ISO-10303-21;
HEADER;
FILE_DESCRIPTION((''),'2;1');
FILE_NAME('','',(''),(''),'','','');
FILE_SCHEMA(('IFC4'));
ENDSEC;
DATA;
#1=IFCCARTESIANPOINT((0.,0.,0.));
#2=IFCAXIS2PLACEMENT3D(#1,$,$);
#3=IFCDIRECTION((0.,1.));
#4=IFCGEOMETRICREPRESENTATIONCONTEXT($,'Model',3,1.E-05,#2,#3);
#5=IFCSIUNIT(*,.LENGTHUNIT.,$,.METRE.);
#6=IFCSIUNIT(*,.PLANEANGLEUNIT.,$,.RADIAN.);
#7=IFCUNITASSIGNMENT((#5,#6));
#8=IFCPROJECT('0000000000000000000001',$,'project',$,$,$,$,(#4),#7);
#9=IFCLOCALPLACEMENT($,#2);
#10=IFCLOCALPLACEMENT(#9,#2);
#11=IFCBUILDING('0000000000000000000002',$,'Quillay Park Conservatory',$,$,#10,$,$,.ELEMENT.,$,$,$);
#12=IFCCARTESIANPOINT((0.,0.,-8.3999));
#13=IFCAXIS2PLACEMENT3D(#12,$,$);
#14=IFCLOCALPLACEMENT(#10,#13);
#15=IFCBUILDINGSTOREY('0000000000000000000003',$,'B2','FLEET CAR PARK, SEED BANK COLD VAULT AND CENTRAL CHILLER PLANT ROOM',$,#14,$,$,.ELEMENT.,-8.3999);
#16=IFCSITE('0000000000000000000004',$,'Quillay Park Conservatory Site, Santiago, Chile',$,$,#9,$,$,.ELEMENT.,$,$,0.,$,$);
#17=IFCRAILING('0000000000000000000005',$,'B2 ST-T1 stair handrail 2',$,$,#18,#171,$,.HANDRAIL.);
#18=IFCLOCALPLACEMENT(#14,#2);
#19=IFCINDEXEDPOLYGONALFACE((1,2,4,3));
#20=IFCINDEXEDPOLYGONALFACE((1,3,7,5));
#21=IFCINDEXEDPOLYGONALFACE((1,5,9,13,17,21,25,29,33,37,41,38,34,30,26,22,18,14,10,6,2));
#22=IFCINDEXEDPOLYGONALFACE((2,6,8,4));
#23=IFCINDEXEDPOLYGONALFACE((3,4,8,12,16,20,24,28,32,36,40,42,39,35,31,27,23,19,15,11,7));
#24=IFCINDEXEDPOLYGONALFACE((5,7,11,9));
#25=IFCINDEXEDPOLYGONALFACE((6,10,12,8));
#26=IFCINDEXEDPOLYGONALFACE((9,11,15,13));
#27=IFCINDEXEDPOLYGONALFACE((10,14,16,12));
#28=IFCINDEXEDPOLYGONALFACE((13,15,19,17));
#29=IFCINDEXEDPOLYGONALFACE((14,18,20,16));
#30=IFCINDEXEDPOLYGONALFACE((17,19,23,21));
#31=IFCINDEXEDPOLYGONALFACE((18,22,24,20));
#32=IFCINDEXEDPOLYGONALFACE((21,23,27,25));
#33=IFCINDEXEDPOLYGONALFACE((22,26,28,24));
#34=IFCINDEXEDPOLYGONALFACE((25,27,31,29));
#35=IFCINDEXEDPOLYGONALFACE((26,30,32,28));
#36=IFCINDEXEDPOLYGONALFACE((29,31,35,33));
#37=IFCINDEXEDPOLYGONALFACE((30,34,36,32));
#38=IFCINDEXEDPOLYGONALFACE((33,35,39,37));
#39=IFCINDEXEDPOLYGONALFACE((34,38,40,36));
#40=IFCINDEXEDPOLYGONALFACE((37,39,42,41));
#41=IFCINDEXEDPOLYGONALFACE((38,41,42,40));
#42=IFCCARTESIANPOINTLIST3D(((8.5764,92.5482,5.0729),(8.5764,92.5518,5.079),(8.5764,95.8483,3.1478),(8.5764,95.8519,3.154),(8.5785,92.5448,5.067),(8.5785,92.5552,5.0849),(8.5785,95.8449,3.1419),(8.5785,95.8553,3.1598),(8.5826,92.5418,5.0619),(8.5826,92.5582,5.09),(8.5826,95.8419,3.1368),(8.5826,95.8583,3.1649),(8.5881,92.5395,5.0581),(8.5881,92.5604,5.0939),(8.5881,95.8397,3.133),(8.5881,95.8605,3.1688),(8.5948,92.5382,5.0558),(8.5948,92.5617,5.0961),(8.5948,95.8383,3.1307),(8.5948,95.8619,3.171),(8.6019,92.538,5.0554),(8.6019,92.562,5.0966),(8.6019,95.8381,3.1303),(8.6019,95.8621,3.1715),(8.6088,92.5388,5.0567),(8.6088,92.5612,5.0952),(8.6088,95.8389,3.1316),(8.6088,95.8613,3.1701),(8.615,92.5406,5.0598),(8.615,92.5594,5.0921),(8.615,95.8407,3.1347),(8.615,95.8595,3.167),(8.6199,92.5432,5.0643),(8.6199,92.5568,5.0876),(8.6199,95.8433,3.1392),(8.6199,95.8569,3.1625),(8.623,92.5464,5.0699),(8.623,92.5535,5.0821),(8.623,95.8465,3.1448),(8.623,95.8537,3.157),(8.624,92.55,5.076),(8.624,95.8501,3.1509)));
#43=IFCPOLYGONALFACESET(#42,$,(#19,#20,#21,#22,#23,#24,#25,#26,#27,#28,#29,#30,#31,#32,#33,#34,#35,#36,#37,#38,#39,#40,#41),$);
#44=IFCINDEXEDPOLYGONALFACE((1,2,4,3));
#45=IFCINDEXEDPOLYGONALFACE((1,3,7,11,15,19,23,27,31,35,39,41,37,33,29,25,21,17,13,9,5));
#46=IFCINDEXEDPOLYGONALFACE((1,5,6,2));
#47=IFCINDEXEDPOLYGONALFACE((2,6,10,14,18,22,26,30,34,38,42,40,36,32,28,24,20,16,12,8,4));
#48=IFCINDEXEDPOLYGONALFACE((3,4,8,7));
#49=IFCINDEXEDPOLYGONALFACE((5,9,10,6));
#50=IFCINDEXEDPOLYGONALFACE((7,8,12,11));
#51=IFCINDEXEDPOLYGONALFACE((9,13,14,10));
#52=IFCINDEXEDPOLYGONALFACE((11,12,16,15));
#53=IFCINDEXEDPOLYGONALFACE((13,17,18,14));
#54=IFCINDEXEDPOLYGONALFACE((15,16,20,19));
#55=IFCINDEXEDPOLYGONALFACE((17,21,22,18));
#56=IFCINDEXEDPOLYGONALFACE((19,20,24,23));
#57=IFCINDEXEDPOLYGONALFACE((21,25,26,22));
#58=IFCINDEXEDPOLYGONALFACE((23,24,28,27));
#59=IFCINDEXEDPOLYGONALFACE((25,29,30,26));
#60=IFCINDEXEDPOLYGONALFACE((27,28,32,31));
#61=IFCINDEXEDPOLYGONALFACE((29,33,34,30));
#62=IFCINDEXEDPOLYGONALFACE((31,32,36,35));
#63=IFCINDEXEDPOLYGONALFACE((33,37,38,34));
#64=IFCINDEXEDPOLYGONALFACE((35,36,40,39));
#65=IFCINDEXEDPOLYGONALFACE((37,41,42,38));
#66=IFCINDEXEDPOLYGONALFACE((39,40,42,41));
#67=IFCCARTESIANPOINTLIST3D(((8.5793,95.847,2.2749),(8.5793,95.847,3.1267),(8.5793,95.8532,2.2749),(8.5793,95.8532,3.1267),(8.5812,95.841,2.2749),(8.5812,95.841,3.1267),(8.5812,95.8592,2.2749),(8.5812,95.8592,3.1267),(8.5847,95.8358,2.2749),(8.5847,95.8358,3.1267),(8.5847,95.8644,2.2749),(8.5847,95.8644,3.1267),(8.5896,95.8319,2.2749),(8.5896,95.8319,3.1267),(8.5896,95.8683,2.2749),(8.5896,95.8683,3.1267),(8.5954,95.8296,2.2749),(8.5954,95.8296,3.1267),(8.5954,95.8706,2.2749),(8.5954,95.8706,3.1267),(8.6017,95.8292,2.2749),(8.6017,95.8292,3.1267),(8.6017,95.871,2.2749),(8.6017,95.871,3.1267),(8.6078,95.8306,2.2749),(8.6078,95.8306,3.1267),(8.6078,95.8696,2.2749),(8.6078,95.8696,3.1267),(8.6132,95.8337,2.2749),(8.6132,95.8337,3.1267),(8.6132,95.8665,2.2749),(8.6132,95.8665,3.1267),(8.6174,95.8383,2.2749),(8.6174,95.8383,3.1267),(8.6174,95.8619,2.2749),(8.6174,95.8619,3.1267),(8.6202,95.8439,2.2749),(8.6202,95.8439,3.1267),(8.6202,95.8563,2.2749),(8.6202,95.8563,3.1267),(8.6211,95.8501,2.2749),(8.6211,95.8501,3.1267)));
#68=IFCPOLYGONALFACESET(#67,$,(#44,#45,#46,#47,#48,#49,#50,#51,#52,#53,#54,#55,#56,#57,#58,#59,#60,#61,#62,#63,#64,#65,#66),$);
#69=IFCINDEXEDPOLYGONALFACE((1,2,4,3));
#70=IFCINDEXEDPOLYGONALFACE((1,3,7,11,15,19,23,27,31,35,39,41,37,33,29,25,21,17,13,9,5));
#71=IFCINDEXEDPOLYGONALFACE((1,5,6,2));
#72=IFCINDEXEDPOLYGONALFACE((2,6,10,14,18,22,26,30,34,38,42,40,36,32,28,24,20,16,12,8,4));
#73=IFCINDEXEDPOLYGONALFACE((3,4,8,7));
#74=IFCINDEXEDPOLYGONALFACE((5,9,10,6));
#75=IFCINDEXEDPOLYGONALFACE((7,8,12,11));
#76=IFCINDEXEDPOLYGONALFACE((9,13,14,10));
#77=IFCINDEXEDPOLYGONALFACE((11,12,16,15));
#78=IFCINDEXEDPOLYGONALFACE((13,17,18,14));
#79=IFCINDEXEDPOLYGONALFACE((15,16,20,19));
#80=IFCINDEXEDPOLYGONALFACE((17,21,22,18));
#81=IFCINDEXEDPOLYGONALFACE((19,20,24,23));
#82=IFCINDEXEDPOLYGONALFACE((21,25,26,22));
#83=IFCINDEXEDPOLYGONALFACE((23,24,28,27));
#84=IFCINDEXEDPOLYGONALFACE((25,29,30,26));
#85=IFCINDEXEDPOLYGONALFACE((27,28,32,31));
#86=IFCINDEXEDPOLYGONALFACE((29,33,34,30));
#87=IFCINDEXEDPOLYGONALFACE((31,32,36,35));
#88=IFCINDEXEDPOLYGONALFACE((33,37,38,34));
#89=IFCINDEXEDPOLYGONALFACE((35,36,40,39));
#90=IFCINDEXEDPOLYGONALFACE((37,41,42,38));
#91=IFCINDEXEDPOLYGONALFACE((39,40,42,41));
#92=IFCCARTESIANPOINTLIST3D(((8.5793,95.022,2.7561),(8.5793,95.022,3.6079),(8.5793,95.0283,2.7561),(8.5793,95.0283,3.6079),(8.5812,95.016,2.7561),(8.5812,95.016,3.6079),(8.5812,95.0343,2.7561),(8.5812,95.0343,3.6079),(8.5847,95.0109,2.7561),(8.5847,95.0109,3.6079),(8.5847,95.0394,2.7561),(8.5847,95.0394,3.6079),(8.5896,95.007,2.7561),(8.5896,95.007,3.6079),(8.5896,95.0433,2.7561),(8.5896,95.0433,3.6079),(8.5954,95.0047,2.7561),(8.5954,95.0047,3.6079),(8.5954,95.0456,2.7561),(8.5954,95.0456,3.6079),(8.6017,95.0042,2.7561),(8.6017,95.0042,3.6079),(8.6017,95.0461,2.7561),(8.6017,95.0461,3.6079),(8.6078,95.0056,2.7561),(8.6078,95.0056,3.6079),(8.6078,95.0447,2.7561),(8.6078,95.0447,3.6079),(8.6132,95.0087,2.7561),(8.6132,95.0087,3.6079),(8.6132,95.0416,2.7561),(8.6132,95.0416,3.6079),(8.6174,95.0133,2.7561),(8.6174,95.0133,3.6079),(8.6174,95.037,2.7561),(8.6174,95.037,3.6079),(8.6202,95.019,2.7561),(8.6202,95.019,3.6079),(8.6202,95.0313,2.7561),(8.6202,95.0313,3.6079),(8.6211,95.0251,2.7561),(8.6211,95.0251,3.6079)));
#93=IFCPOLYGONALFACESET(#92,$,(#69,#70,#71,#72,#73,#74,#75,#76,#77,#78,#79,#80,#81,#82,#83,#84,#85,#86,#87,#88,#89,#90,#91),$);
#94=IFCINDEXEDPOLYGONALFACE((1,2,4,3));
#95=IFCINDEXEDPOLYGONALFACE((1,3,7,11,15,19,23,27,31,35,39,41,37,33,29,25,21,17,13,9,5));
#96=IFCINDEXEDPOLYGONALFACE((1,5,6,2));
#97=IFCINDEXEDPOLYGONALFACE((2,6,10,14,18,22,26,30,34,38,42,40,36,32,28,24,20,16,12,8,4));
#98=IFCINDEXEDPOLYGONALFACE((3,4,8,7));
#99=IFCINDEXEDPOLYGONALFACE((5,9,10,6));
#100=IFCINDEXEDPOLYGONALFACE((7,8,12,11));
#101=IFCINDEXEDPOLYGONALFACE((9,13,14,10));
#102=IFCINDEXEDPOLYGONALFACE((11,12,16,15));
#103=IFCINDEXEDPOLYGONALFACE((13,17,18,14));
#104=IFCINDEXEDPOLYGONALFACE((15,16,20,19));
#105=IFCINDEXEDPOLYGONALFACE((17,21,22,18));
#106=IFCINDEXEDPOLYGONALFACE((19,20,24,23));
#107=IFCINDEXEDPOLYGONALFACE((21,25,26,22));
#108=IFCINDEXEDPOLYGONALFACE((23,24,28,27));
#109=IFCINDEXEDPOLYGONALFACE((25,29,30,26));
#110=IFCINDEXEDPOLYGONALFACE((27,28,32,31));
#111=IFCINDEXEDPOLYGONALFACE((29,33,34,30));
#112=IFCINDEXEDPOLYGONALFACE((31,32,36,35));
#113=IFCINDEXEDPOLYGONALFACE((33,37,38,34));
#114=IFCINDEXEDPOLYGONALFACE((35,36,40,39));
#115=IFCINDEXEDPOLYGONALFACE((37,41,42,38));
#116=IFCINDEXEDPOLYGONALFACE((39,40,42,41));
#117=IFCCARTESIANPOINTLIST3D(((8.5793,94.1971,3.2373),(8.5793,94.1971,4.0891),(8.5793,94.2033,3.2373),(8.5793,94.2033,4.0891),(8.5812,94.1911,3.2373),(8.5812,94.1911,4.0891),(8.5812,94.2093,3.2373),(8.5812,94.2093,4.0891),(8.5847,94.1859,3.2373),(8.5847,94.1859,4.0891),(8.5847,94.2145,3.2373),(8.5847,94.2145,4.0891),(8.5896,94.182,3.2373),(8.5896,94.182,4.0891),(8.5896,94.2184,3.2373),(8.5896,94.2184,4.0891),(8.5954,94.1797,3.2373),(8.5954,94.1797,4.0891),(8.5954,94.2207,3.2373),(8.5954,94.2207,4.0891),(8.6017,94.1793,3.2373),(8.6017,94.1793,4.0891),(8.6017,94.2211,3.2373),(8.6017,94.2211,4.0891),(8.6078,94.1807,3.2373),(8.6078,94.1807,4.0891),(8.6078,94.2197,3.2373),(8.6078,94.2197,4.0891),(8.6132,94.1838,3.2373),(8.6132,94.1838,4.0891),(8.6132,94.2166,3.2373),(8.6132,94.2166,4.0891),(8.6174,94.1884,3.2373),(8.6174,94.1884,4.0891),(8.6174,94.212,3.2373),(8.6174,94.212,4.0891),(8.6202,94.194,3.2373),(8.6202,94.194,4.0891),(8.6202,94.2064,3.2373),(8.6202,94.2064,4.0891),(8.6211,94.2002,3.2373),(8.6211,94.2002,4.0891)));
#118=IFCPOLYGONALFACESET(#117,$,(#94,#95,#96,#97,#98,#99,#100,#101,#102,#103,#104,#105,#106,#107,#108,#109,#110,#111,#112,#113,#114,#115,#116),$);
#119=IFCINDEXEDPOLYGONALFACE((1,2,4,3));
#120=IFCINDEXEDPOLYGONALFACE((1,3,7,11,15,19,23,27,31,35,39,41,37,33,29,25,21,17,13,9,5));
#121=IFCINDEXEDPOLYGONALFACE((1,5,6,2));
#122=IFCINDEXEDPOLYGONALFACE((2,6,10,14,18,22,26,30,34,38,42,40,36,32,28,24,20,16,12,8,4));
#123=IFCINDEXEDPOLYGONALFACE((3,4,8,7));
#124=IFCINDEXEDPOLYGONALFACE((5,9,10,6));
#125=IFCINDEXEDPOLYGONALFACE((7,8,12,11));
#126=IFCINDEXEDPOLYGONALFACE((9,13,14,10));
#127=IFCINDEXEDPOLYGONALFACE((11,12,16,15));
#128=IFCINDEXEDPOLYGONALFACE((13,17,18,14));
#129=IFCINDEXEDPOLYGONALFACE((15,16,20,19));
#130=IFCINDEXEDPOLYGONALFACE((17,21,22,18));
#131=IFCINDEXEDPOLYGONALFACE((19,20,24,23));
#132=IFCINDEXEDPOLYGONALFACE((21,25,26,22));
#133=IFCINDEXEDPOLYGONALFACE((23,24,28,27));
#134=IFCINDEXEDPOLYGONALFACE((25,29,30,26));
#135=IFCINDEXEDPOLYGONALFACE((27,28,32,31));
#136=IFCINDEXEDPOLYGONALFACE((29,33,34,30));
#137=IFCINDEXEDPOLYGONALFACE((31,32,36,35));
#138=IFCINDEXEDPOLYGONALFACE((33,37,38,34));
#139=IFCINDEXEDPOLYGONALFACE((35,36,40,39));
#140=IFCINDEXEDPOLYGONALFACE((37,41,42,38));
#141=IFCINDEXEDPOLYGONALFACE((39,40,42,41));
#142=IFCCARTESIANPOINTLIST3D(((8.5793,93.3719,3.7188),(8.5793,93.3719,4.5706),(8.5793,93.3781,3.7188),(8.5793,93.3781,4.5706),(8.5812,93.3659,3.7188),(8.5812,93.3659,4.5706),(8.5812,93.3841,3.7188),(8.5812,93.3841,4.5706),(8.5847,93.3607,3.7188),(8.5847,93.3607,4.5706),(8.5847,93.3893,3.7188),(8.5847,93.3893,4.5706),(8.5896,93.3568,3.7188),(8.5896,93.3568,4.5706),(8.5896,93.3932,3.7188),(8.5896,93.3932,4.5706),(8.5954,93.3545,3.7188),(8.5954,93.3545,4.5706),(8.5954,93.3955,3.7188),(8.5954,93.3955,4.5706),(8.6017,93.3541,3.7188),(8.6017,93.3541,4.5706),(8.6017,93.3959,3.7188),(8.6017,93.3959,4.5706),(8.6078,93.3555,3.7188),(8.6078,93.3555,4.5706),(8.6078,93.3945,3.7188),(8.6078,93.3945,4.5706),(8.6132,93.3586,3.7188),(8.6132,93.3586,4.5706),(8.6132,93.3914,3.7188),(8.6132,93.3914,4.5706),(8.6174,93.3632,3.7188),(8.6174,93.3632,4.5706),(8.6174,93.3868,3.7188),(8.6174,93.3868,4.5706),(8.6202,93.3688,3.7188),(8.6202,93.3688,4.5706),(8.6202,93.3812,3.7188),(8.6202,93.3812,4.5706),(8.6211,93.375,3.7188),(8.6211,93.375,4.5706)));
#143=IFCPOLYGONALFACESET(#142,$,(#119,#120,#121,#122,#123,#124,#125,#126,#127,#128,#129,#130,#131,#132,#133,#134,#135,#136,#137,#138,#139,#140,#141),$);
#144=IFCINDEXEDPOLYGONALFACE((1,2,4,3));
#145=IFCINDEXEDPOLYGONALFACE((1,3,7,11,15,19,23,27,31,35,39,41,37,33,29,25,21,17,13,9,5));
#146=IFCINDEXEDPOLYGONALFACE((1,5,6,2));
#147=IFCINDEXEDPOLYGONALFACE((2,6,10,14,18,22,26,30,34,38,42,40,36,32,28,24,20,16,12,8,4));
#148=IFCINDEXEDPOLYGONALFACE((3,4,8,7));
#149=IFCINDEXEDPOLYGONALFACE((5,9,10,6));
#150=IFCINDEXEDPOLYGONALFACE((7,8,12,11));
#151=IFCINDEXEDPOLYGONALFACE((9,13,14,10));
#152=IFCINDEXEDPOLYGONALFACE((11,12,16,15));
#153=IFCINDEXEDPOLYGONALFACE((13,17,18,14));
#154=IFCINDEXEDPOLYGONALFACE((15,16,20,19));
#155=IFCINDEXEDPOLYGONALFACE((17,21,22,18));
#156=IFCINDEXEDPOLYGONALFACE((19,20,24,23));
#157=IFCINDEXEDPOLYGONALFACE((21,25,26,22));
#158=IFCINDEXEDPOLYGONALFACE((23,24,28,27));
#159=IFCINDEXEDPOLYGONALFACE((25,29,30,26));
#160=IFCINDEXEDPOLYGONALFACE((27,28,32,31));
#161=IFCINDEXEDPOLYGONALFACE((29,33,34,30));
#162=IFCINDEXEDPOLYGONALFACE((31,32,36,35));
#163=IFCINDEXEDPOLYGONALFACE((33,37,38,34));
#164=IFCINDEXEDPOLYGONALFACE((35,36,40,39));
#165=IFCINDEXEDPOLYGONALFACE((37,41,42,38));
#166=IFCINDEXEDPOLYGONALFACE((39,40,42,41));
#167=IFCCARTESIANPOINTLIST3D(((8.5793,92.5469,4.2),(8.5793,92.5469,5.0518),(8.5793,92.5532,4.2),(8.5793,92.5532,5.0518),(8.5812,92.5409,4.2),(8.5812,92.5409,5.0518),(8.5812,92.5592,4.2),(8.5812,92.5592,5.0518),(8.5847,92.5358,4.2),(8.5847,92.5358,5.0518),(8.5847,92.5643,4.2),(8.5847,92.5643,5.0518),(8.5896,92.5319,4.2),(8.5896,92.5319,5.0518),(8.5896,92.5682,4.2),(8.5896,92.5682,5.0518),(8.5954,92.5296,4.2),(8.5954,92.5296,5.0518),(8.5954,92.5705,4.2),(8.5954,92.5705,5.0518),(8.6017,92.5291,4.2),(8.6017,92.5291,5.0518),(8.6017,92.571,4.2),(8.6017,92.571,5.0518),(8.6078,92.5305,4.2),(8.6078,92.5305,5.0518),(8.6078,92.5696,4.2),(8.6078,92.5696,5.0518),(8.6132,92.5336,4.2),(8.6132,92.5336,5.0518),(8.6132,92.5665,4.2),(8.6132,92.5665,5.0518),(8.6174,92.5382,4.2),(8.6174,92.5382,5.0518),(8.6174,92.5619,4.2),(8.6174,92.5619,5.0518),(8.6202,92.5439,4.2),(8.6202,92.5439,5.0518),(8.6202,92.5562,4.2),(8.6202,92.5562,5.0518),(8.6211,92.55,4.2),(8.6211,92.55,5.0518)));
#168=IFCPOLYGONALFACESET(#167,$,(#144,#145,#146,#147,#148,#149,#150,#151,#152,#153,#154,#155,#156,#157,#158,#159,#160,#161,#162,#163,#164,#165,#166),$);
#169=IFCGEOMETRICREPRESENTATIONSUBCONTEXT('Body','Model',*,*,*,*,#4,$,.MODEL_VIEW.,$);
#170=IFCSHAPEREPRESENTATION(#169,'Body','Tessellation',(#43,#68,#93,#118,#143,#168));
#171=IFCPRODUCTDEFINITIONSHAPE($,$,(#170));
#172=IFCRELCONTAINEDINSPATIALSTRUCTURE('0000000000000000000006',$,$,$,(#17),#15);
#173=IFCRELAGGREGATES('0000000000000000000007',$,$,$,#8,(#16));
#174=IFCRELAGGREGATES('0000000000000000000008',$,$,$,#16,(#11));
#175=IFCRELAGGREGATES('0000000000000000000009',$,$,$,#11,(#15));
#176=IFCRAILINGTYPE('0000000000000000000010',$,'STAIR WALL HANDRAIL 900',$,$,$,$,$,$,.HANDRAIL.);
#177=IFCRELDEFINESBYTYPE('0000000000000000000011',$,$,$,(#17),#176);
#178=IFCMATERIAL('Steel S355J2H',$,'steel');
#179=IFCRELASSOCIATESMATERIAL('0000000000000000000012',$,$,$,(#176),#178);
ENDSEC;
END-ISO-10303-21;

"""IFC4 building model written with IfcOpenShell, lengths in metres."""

from ifc_helpers import new_model, si_unit, direction, frame, origin, origin_2d, place, context, subcontext, project, spatial, circle, extrude, material, type_object, element, save


model = new_model("IFC4")

# Units and contexts
model_context = context("Model", 3, precision=1e-05, world=origin(), true_north=direction((0.0, 1.0)))
body_context = subcontext(model_context, "Body", "Model", "MODEL_VIEW")
ifc_project = project(units=[si_unit("LENGTHUNIT", "METRE"), si_unit("PLANEANGLEUNIT", "RADIAN")], contexts=[model_context])

# Site, building, storey
site_placement = place(None, origin())
site = spatial("IfcSite", under=ifc_project, at=site_placement, Name="Quillay Park Conservatory Site, Santiago, Chile", CompositionType="ELEMENT", RefElevation=0.0)
building_placement = place(site_placement, origin())
building = spatial("IfcBuilding", under=site, at=building_placement, Name="Quillay Park Conservatory", CompositionType="ELEMENT")
storey_placement = place(building_placement, frame((0.0, 0.0, -8.3999)))
storey = spatial("IfcBuildingStorey", under=building, at=storey_placement, Name="B2", Description="FLEET CAR PARK, SEED BANK COLD VAULT AND CENTRAL CHILLER PLANT ROOM", CompositionType="ELEMENT", Elevation=-8.3999)

# Railing
ifc_material_1 = material(Name="Steel S355J2H", Category="steel")
railing_type_1 = type_object("IfcRailingType", Name="STAIR WALL HANDRAIL 900", PredefinedType="HANDRAIL", material=ifc_material_1)
railing_1_placement = place(storey_placement, frame((8.6001, 95.8501, 2.2749)))
element("IfcRailing", 1, at=railing_1_placement, inside=storey, type_object=railing_type_1, Name="B2 ST-T1 stair handrail 2", PredefinedType="HANDRAIL", context=body_context, shape_type="SweptSolid", body=[
    extrude(circle(Radius=0.0239, at=origin_2d()), frame((0.0, 0.0, 0.876), z_axis=(0.0, -0.863777, 0.503875), x_axis=(1.0, 0.0, 0.0)), (0.0, 0.0, 1.0), 3.8206),
    extrude(circle(Radius=0.021, at=origin_2d()), origin(), (0.0, 0.0, 1.0), 0.8518),
    extrude(circle(Radius=0.021, at=origin_2d()), frame((0.0, -0.825, 0.4812)), (0.0, 0.0, 1.0), 0.8518),
    extrude(circle(Radius=0.021, at=origin_2d()), frame((0.0, -1.6499, 0.9624)), (0.0, 0.0, 1.0), 0.8518),
    extrude(circle(Radius=0.021, at=origin_2d()), frame((0.0, -2.4751, 1.4438)), (0.0, 0.0, 1.0), 0.8518),
    extrude(circle(Radius=0.021, at=origin_2d()), frame((0.0, -3.3, 1.925)), (0.0, 0.0, 1.0), 0.8518),
])

save(model, "model.ifc")
